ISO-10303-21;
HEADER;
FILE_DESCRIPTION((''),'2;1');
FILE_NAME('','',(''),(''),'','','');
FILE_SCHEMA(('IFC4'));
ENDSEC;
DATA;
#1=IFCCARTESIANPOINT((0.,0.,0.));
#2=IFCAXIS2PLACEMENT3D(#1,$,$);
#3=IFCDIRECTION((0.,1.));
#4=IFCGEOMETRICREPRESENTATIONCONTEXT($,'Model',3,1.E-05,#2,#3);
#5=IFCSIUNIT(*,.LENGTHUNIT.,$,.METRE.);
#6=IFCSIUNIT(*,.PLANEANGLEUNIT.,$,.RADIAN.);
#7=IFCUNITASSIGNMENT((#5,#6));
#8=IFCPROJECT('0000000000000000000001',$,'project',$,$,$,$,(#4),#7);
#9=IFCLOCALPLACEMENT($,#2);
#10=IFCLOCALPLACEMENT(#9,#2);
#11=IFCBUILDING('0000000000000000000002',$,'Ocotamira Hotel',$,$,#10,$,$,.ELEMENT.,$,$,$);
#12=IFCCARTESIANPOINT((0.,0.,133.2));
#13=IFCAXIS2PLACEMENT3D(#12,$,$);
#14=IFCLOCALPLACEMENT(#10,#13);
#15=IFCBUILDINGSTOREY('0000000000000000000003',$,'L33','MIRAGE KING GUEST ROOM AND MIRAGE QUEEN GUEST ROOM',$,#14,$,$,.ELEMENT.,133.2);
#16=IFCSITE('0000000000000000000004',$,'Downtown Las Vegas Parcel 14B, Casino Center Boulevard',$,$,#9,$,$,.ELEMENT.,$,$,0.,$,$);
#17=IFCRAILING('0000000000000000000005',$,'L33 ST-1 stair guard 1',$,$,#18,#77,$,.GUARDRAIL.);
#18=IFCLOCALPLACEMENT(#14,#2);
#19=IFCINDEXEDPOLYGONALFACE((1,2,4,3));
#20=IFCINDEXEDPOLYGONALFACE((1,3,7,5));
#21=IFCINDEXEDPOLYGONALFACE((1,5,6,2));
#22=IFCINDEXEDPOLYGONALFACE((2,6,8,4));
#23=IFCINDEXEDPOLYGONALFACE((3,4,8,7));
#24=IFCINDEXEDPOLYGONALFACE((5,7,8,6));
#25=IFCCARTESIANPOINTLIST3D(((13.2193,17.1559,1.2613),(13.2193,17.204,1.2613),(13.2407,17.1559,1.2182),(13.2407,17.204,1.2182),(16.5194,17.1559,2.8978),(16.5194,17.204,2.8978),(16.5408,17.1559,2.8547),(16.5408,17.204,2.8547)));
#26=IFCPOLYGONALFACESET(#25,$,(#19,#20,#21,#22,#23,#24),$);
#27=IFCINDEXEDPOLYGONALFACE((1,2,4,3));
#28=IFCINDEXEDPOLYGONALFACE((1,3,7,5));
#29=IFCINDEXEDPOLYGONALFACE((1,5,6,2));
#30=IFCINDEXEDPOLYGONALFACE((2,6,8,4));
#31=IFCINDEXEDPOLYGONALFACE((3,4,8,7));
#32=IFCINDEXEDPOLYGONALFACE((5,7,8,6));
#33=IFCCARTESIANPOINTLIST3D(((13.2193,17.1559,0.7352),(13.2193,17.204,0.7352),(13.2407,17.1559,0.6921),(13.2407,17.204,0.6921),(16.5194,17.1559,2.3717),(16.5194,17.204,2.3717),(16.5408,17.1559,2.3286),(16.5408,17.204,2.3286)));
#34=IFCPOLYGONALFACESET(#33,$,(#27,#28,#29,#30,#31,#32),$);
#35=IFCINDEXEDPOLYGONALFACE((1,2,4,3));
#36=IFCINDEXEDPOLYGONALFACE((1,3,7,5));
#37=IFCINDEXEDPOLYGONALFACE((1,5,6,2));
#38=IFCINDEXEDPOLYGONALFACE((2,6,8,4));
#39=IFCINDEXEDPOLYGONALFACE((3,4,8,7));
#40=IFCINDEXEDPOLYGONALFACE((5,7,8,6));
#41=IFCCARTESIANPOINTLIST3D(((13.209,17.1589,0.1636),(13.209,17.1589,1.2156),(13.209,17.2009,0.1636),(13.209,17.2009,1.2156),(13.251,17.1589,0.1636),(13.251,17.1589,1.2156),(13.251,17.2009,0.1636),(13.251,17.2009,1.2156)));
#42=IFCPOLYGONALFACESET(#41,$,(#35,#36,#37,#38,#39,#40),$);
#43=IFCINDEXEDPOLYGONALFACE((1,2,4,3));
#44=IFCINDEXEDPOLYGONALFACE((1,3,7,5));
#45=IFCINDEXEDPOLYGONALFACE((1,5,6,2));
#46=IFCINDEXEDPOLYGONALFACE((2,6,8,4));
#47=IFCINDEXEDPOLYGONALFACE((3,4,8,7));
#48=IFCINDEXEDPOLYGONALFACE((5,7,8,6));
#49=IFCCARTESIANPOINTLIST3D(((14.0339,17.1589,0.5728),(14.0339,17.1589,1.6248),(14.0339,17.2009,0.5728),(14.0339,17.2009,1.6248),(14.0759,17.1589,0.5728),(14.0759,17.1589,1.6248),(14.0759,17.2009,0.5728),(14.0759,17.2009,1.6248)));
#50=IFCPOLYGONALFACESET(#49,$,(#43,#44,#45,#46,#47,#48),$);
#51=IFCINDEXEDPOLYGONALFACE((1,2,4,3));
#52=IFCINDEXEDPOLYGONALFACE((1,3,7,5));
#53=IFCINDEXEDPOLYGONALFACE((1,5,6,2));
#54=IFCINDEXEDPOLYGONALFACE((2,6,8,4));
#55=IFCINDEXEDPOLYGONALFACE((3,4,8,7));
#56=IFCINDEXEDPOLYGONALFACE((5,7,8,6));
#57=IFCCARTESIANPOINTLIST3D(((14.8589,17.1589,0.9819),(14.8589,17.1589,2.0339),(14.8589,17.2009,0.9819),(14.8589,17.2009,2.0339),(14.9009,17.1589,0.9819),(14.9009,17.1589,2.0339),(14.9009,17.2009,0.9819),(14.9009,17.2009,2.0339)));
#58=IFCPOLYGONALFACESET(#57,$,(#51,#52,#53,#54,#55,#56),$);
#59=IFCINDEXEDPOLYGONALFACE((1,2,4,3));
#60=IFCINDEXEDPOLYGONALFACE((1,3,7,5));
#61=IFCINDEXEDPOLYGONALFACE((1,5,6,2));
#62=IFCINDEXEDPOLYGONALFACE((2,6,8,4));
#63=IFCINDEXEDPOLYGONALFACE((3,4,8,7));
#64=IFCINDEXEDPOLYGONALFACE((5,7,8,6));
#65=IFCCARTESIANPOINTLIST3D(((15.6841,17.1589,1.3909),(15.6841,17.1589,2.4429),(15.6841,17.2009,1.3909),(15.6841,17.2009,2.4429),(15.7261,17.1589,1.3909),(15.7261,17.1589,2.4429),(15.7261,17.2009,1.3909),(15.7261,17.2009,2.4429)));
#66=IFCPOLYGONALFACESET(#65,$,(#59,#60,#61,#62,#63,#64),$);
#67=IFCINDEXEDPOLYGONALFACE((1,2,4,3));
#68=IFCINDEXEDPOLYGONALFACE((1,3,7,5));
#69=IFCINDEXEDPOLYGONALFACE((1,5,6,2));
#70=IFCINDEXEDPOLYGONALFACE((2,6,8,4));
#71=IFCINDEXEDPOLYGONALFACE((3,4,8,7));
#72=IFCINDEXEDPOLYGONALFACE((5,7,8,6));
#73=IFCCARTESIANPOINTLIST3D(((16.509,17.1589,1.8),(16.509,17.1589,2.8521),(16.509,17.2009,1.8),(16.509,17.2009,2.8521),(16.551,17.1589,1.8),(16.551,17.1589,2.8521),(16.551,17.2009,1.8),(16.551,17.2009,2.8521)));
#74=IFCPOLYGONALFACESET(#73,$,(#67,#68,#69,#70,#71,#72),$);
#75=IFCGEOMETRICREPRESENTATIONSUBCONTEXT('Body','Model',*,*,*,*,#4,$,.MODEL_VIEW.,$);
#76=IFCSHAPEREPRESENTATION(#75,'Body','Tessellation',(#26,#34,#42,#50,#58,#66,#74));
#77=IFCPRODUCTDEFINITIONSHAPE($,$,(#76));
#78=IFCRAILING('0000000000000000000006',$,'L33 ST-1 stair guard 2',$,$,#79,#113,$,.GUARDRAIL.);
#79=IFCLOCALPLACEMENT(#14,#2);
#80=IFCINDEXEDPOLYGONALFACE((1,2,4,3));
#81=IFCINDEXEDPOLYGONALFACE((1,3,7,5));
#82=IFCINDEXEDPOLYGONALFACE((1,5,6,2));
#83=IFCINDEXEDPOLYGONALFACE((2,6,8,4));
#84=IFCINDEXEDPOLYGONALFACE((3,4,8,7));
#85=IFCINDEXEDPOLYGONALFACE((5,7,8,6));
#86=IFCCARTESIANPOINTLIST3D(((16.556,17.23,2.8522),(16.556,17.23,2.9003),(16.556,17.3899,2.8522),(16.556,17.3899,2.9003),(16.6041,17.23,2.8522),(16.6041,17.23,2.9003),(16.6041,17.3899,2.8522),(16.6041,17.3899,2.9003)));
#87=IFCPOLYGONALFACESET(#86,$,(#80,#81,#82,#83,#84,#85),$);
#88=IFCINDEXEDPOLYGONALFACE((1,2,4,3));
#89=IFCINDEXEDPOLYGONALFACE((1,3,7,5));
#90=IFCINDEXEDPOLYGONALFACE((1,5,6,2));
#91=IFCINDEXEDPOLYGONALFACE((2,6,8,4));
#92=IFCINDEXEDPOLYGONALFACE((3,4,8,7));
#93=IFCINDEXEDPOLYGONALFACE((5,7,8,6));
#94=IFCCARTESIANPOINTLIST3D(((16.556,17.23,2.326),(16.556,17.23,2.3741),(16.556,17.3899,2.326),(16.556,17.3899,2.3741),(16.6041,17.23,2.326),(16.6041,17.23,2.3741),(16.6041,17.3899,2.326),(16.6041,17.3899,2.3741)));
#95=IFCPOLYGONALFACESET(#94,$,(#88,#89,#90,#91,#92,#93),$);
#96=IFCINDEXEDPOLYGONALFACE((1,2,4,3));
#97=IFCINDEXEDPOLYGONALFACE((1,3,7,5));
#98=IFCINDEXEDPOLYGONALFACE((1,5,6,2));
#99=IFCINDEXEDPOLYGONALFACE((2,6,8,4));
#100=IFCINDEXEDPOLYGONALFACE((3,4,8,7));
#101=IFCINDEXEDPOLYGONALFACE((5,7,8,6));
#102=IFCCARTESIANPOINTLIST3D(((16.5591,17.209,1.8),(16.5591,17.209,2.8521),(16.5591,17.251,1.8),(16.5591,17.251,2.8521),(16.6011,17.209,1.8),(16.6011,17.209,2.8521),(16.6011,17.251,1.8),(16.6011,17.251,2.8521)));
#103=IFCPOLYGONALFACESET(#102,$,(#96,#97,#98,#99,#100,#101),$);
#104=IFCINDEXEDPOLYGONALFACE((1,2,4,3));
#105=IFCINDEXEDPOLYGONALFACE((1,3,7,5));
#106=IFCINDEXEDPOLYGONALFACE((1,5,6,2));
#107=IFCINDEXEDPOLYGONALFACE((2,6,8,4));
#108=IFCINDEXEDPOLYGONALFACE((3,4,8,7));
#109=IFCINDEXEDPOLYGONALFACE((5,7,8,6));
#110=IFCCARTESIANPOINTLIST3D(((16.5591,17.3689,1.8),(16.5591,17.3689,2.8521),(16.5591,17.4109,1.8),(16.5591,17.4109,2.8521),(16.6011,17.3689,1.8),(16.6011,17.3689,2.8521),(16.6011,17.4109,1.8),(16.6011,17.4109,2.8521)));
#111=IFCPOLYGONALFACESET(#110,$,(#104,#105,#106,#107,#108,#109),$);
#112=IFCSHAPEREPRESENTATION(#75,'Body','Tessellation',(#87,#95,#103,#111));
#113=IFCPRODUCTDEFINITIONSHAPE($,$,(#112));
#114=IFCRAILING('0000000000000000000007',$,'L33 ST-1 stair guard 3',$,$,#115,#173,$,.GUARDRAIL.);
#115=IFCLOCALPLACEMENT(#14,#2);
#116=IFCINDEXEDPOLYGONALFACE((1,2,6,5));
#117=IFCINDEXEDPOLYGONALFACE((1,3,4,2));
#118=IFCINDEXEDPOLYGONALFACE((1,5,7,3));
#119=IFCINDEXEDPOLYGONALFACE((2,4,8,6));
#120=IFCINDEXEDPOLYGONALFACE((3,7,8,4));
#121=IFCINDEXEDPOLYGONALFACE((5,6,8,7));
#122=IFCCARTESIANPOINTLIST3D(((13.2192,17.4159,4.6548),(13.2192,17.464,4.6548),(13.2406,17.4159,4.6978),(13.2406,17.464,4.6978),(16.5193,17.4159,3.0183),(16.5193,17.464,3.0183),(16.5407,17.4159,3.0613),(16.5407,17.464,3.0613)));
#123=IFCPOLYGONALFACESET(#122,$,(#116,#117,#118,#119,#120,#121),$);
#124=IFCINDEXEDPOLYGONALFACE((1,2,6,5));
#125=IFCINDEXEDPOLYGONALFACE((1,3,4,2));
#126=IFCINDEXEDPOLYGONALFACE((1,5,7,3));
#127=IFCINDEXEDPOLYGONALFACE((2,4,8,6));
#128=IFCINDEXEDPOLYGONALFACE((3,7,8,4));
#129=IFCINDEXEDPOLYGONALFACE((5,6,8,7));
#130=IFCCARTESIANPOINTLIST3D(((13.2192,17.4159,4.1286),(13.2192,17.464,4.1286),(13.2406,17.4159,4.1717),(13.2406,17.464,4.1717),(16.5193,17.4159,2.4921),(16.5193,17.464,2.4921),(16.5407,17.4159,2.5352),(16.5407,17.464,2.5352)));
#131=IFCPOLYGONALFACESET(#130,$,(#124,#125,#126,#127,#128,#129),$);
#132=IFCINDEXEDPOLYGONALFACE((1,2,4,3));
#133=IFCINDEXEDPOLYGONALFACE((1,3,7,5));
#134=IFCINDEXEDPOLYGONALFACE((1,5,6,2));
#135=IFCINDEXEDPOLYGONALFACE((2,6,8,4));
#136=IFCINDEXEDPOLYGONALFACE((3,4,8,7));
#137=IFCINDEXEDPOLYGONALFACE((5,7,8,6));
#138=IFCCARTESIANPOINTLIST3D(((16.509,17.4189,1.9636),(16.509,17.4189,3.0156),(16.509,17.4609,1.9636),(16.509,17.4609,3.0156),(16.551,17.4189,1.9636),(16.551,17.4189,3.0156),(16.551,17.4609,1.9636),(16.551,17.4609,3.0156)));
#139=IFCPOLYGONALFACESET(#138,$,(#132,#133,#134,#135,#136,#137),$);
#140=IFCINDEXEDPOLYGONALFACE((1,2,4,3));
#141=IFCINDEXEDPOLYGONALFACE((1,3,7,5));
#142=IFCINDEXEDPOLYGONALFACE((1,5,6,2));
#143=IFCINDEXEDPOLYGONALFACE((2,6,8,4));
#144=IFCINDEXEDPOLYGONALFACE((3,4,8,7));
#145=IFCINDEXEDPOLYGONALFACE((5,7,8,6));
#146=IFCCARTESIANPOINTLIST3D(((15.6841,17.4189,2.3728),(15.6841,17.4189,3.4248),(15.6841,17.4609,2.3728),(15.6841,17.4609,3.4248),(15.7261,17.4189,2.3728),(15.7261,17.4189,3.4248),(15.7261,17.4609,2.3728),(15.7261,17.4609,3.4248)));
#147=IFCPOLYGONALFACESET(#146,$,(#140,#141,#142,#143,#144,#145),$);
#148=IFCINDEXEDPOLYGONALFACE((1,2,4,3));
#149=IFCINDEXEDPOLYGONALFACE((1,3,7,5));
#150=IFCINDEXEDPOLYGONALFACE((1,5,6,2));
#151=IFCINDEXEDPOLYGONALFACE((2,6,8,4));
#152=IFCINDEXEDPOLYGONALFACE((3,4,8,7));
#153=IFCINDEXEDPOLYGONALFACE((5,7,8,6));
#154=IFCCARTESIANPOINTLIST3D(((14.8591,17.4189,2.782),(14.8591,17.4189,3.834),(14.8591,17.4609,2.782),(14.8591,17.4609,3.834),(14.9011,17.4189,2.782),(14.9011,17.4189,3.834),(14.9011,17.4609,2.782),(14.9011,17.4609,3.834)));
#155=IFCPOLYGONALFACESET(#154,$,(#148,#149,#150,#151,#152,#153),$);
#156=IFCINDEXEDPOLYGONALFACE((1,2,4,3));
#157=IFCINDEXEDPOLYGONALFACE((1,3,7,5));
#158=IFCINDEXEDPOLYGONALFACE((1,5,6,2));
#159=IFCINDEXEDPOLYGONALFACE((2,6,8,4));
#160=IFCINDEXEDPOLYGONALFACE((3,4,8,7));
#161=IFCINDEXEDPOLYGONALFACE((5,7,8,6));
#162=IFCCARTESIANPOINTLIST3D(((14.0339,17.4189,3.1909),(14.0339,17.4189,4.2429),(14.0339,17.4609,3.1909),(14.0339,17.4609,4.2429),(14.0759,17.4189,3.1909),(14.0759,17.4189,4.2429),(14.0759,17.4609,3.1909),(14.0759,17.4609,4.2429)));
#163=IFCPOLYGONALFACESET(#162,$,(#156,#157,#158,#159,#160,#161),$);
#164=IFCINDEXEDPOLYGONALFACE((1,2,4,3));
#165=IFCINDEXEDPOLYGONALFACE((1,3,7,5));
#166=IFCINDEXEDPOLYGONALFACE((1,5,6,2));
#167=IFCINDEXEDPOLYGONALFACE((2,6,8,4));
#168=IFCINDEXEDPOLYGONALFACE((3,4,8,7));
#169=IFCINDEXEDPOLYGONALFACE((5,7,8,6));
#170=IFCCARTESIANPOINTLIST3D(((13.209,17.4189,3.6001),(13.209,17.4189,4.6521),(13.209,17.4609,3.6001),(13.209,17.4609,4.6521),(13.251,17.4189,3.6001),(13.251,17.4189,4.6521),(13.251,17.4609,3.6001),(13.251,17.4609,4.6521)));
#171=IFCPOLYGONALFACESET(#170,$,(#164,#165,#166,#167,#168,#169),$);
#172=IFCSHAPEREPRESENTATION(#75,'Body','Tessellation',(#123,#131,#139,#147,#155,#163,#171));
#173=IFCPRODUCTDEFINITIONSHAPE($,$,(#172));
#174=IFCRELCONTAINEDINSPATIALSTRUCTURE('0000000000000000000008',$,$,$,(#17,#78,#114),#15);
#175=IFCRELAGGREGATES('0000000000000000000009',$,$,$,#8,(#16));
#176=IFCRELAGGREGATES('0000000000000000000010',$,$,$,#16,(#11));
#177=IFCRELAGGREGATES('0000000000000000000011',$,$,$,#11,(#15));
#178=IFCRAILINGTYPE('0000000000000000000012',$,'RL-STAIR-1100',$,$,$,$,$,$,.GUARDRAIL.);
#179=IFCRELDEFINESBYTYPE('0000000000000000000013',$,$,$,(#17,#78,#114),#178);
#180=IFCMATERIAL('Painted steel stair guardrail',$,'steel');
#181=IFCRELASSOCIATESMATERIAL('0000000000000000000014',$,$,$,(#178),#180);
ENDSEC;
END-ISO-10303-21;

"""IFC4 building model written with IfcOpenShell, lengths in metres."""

from ifc_helpers import new_model, si_unit, direction, frame, origin, origin_2d, place, context, subcontext, project, spatial, rectangle, extrude, material, type_object, element, save


model = new_model("IFC4")

# Units and contexts
model_context = context("Model", 3, precision=1e-05, world=origin(), true_north=direction((0.0, 1.0)))
body_context = subcontext(model_context, "Body", "Model", "MODEL_VIEW")
ifc_project = project(units=[si_unit("LENGTHUNIT", "METRE"), si_unit("PLANEANGLEUNIT", "RADIAN")], contexts=[model_context])

# Site, building, storey
site_placement = place(None, origin())
site = spatial("IfcSite", under=ifc_project, at=site_placement, Name="Downtown Las Vegas Parcel 14B, Casino Center Boulevard", CompositionType="ELEMENT", RefElevation=0.0)
building_placement = place(site_placement, origin())
building = spatial("IfcBuilding", under=site, at=building_placement, Name="Ocotamira Hotel", CompositionType="ELEMENT")
storey_placement = place(building_placement, frame((0.0, 0.0, 133.2)))
storey = spatial("IfcBuildingStorey", under=building, at=storey_placement, Name="L33", Description="MIRAGE KING GUEST ROOM AND MIRAGE QUEEN GUEST ROOM", CompositionType="ELEMENT", Elevation=133.2)

# Railings
ifc_material_1 = material(Name="Painted steel stair guardrail", Category="steel")
railing_type_1 = type_object("IfcRailingType", Name="RL-STAIR-1100", PredefinedType="GUARDRAIL", material=ifc_material_1)
railing_1_placement = place(storey_placement, frame((13.23, 17.1799, 0.1636)))
element("IfcRailing", 1, at=railing_1_placement, inside=storey, type_object=railing_type_1, Name="L33 ST-1 stair guard 1", PredefinedType="GUARDRAIL", context=body_context, shape_type="SweptSolid", body=[
    extrude(rectangle(XDim=0.0481, YDim=0.0481, at=origin_2d()), frame((0.0, 0.0, 1.0762), z_axis=(0.895894, 0.0, 0.444268), x_axis=(0.0, 1.0, 0.0)), (0.0, 0.0, 1.0), 3.6836),
    extrude(rectangle(XDim=0.0481, YDim=0.0481, at=origin_2d()), frame((0.0, 0.0, 0.55), z_axis=(0.895894, 0.0, 0.444268), x_axis=(0.0, 1.0, 0.0)), (0.0, 0.0, 1.0), 3.6836),
    extrude(rectangle(XDim=0.042, YDim=0.042, at=origin_2d()), origin(), (0.0, 0.0, 1.0), 1.052),
    extrude(rectangle(XDim=0.042, YDim=0.042, at=origin_2d()), frame((0.825, 0.0, 0.4092)), (0.0, 0.0, 1.0), 1.052),
    extrude(rectangle(XDim=0.042, YDim=0.042, at=origin_2d()), frame((1.6499, 0.0, 0.8184)), (0.0, 0.0, 1.0), 1.052),
    extrude(rectangle(XDim=0.042, YDim=0.042, at=origin_2d()), frame((2.4751, 0.0, 1.2273)), (0.0, 0.0, 1.0), 1.052),
    extrude(rectangle(XDim=0.042, YDim=0.042, at=origin_2d()), frame((3.3, 0.0, 1.6365)), (0.0, 0.0, 1.0), 1.052),
])
railing_2_placement = place(storey_placement, frame((16.5801, 17.23, 1.8)))
element("IfcRailing", 2, at=railing_2_placement, inside=storey, type_object=railing_type_1, Name="L33 ST-1 stair guard 2", PredefinedType="GUARDRAIL", context=body_context, shape_type="SweptSolid", body=[
    extrude(rectangle(XDim=0.0481, YDim=0.0481, at=origin_2d()), frame((0.0, 0.0, 1.0762), z_axis=(0.0, 1.0, 0.0), x_axis=(-1.0, 0.0, 0.0)), (0.0, 0.0, 1.0), 0.1599),
    extrude(rectangle(XDim=0.0481, YDim=0.0481, at=origin_2d()), frame((0.0, 0.0, 0.55), z_axis=(0.0, 1.0, 0.0), x_axis=(-1.0, 0.0, 0.0)), (0.0, 0.0, 1.0), 0.1599),
    extrude(rectangle(XDim=0.042, YDim=0.042, at=origin_2d()), origin(), (0.0, 0.0, 1.0), 1.052),
    extrude(rectangle(XDim=0.042, YDim=0.042, at=origin_2d()), frame((0.0, 0.1599, 0.0)), (0.0, 0.0, 1.0), 1.052),
])
railing_3_placement = place(storey_placement, frame((16.53, 17.4399, 1.9636)))
element("IfcRailing", 3, at=railing_3_placement, inside=storey, type_object=railing_type_1, Name="L33 ST-1 stair guard 3", PredefinedType="GUARDRAIL", context=body_context, shape_type="SweptSolid", body=[
    extrude(rectangle(XDim=0.0481, YDim=0.0481, at=origin_2d()), frame((0.0, 0.0, 1.0762), z_axis=(-0.895894, 0.0, 0.444268), x_axis=(0.0, -1.0, 0.0)), (0.0, 0.0, 1.0), 3.6836),
    extrude(rectangle(XDim=0.0481, YDim=0.0481, at=origin_2d()), frame((0.0, 0.0, 0.55), z_axis=(-0.895894, 0.0, 0.444268), x_axis=(0.0, -1.0, 0.0)), (0.0, 0.0, 1.0), 3.6836),
    extrude(rectangle(XDim=0.042, YDim=0.042, at=origin_2d()), origin(), (0.0, 0.0, 1.0), 1.052),
    extrude(rectangle(XDim=0.042, YDim=0.042, at=origin_2d()), frame((-0.825, 0.0, 0.4092)), (0.0, 0.0, 1.0), 1.052),
    extrude(rectangle(XDim=0.042, YDim=0.042, at=origin_2d()), frame((-1.6499, 0.0, 0.8184)), (0.0, 0.0, 1.0), 1.052),
    extrude(rectangle(XDim=0.042, YDim=0.042, at=origin_2d()), frame((-2.4751, 0.0, 1.2273)), (0.0, 0.0, 1.0), 1.052),
    extrude(rectangle(XDim=0.042, YDim=0.042, at=origin_2d()), frame((-3.3, 0.0, 1.6365)), (0.0, 0.0, 1.0), 1.052),
])

save(model, "model.ifc")
